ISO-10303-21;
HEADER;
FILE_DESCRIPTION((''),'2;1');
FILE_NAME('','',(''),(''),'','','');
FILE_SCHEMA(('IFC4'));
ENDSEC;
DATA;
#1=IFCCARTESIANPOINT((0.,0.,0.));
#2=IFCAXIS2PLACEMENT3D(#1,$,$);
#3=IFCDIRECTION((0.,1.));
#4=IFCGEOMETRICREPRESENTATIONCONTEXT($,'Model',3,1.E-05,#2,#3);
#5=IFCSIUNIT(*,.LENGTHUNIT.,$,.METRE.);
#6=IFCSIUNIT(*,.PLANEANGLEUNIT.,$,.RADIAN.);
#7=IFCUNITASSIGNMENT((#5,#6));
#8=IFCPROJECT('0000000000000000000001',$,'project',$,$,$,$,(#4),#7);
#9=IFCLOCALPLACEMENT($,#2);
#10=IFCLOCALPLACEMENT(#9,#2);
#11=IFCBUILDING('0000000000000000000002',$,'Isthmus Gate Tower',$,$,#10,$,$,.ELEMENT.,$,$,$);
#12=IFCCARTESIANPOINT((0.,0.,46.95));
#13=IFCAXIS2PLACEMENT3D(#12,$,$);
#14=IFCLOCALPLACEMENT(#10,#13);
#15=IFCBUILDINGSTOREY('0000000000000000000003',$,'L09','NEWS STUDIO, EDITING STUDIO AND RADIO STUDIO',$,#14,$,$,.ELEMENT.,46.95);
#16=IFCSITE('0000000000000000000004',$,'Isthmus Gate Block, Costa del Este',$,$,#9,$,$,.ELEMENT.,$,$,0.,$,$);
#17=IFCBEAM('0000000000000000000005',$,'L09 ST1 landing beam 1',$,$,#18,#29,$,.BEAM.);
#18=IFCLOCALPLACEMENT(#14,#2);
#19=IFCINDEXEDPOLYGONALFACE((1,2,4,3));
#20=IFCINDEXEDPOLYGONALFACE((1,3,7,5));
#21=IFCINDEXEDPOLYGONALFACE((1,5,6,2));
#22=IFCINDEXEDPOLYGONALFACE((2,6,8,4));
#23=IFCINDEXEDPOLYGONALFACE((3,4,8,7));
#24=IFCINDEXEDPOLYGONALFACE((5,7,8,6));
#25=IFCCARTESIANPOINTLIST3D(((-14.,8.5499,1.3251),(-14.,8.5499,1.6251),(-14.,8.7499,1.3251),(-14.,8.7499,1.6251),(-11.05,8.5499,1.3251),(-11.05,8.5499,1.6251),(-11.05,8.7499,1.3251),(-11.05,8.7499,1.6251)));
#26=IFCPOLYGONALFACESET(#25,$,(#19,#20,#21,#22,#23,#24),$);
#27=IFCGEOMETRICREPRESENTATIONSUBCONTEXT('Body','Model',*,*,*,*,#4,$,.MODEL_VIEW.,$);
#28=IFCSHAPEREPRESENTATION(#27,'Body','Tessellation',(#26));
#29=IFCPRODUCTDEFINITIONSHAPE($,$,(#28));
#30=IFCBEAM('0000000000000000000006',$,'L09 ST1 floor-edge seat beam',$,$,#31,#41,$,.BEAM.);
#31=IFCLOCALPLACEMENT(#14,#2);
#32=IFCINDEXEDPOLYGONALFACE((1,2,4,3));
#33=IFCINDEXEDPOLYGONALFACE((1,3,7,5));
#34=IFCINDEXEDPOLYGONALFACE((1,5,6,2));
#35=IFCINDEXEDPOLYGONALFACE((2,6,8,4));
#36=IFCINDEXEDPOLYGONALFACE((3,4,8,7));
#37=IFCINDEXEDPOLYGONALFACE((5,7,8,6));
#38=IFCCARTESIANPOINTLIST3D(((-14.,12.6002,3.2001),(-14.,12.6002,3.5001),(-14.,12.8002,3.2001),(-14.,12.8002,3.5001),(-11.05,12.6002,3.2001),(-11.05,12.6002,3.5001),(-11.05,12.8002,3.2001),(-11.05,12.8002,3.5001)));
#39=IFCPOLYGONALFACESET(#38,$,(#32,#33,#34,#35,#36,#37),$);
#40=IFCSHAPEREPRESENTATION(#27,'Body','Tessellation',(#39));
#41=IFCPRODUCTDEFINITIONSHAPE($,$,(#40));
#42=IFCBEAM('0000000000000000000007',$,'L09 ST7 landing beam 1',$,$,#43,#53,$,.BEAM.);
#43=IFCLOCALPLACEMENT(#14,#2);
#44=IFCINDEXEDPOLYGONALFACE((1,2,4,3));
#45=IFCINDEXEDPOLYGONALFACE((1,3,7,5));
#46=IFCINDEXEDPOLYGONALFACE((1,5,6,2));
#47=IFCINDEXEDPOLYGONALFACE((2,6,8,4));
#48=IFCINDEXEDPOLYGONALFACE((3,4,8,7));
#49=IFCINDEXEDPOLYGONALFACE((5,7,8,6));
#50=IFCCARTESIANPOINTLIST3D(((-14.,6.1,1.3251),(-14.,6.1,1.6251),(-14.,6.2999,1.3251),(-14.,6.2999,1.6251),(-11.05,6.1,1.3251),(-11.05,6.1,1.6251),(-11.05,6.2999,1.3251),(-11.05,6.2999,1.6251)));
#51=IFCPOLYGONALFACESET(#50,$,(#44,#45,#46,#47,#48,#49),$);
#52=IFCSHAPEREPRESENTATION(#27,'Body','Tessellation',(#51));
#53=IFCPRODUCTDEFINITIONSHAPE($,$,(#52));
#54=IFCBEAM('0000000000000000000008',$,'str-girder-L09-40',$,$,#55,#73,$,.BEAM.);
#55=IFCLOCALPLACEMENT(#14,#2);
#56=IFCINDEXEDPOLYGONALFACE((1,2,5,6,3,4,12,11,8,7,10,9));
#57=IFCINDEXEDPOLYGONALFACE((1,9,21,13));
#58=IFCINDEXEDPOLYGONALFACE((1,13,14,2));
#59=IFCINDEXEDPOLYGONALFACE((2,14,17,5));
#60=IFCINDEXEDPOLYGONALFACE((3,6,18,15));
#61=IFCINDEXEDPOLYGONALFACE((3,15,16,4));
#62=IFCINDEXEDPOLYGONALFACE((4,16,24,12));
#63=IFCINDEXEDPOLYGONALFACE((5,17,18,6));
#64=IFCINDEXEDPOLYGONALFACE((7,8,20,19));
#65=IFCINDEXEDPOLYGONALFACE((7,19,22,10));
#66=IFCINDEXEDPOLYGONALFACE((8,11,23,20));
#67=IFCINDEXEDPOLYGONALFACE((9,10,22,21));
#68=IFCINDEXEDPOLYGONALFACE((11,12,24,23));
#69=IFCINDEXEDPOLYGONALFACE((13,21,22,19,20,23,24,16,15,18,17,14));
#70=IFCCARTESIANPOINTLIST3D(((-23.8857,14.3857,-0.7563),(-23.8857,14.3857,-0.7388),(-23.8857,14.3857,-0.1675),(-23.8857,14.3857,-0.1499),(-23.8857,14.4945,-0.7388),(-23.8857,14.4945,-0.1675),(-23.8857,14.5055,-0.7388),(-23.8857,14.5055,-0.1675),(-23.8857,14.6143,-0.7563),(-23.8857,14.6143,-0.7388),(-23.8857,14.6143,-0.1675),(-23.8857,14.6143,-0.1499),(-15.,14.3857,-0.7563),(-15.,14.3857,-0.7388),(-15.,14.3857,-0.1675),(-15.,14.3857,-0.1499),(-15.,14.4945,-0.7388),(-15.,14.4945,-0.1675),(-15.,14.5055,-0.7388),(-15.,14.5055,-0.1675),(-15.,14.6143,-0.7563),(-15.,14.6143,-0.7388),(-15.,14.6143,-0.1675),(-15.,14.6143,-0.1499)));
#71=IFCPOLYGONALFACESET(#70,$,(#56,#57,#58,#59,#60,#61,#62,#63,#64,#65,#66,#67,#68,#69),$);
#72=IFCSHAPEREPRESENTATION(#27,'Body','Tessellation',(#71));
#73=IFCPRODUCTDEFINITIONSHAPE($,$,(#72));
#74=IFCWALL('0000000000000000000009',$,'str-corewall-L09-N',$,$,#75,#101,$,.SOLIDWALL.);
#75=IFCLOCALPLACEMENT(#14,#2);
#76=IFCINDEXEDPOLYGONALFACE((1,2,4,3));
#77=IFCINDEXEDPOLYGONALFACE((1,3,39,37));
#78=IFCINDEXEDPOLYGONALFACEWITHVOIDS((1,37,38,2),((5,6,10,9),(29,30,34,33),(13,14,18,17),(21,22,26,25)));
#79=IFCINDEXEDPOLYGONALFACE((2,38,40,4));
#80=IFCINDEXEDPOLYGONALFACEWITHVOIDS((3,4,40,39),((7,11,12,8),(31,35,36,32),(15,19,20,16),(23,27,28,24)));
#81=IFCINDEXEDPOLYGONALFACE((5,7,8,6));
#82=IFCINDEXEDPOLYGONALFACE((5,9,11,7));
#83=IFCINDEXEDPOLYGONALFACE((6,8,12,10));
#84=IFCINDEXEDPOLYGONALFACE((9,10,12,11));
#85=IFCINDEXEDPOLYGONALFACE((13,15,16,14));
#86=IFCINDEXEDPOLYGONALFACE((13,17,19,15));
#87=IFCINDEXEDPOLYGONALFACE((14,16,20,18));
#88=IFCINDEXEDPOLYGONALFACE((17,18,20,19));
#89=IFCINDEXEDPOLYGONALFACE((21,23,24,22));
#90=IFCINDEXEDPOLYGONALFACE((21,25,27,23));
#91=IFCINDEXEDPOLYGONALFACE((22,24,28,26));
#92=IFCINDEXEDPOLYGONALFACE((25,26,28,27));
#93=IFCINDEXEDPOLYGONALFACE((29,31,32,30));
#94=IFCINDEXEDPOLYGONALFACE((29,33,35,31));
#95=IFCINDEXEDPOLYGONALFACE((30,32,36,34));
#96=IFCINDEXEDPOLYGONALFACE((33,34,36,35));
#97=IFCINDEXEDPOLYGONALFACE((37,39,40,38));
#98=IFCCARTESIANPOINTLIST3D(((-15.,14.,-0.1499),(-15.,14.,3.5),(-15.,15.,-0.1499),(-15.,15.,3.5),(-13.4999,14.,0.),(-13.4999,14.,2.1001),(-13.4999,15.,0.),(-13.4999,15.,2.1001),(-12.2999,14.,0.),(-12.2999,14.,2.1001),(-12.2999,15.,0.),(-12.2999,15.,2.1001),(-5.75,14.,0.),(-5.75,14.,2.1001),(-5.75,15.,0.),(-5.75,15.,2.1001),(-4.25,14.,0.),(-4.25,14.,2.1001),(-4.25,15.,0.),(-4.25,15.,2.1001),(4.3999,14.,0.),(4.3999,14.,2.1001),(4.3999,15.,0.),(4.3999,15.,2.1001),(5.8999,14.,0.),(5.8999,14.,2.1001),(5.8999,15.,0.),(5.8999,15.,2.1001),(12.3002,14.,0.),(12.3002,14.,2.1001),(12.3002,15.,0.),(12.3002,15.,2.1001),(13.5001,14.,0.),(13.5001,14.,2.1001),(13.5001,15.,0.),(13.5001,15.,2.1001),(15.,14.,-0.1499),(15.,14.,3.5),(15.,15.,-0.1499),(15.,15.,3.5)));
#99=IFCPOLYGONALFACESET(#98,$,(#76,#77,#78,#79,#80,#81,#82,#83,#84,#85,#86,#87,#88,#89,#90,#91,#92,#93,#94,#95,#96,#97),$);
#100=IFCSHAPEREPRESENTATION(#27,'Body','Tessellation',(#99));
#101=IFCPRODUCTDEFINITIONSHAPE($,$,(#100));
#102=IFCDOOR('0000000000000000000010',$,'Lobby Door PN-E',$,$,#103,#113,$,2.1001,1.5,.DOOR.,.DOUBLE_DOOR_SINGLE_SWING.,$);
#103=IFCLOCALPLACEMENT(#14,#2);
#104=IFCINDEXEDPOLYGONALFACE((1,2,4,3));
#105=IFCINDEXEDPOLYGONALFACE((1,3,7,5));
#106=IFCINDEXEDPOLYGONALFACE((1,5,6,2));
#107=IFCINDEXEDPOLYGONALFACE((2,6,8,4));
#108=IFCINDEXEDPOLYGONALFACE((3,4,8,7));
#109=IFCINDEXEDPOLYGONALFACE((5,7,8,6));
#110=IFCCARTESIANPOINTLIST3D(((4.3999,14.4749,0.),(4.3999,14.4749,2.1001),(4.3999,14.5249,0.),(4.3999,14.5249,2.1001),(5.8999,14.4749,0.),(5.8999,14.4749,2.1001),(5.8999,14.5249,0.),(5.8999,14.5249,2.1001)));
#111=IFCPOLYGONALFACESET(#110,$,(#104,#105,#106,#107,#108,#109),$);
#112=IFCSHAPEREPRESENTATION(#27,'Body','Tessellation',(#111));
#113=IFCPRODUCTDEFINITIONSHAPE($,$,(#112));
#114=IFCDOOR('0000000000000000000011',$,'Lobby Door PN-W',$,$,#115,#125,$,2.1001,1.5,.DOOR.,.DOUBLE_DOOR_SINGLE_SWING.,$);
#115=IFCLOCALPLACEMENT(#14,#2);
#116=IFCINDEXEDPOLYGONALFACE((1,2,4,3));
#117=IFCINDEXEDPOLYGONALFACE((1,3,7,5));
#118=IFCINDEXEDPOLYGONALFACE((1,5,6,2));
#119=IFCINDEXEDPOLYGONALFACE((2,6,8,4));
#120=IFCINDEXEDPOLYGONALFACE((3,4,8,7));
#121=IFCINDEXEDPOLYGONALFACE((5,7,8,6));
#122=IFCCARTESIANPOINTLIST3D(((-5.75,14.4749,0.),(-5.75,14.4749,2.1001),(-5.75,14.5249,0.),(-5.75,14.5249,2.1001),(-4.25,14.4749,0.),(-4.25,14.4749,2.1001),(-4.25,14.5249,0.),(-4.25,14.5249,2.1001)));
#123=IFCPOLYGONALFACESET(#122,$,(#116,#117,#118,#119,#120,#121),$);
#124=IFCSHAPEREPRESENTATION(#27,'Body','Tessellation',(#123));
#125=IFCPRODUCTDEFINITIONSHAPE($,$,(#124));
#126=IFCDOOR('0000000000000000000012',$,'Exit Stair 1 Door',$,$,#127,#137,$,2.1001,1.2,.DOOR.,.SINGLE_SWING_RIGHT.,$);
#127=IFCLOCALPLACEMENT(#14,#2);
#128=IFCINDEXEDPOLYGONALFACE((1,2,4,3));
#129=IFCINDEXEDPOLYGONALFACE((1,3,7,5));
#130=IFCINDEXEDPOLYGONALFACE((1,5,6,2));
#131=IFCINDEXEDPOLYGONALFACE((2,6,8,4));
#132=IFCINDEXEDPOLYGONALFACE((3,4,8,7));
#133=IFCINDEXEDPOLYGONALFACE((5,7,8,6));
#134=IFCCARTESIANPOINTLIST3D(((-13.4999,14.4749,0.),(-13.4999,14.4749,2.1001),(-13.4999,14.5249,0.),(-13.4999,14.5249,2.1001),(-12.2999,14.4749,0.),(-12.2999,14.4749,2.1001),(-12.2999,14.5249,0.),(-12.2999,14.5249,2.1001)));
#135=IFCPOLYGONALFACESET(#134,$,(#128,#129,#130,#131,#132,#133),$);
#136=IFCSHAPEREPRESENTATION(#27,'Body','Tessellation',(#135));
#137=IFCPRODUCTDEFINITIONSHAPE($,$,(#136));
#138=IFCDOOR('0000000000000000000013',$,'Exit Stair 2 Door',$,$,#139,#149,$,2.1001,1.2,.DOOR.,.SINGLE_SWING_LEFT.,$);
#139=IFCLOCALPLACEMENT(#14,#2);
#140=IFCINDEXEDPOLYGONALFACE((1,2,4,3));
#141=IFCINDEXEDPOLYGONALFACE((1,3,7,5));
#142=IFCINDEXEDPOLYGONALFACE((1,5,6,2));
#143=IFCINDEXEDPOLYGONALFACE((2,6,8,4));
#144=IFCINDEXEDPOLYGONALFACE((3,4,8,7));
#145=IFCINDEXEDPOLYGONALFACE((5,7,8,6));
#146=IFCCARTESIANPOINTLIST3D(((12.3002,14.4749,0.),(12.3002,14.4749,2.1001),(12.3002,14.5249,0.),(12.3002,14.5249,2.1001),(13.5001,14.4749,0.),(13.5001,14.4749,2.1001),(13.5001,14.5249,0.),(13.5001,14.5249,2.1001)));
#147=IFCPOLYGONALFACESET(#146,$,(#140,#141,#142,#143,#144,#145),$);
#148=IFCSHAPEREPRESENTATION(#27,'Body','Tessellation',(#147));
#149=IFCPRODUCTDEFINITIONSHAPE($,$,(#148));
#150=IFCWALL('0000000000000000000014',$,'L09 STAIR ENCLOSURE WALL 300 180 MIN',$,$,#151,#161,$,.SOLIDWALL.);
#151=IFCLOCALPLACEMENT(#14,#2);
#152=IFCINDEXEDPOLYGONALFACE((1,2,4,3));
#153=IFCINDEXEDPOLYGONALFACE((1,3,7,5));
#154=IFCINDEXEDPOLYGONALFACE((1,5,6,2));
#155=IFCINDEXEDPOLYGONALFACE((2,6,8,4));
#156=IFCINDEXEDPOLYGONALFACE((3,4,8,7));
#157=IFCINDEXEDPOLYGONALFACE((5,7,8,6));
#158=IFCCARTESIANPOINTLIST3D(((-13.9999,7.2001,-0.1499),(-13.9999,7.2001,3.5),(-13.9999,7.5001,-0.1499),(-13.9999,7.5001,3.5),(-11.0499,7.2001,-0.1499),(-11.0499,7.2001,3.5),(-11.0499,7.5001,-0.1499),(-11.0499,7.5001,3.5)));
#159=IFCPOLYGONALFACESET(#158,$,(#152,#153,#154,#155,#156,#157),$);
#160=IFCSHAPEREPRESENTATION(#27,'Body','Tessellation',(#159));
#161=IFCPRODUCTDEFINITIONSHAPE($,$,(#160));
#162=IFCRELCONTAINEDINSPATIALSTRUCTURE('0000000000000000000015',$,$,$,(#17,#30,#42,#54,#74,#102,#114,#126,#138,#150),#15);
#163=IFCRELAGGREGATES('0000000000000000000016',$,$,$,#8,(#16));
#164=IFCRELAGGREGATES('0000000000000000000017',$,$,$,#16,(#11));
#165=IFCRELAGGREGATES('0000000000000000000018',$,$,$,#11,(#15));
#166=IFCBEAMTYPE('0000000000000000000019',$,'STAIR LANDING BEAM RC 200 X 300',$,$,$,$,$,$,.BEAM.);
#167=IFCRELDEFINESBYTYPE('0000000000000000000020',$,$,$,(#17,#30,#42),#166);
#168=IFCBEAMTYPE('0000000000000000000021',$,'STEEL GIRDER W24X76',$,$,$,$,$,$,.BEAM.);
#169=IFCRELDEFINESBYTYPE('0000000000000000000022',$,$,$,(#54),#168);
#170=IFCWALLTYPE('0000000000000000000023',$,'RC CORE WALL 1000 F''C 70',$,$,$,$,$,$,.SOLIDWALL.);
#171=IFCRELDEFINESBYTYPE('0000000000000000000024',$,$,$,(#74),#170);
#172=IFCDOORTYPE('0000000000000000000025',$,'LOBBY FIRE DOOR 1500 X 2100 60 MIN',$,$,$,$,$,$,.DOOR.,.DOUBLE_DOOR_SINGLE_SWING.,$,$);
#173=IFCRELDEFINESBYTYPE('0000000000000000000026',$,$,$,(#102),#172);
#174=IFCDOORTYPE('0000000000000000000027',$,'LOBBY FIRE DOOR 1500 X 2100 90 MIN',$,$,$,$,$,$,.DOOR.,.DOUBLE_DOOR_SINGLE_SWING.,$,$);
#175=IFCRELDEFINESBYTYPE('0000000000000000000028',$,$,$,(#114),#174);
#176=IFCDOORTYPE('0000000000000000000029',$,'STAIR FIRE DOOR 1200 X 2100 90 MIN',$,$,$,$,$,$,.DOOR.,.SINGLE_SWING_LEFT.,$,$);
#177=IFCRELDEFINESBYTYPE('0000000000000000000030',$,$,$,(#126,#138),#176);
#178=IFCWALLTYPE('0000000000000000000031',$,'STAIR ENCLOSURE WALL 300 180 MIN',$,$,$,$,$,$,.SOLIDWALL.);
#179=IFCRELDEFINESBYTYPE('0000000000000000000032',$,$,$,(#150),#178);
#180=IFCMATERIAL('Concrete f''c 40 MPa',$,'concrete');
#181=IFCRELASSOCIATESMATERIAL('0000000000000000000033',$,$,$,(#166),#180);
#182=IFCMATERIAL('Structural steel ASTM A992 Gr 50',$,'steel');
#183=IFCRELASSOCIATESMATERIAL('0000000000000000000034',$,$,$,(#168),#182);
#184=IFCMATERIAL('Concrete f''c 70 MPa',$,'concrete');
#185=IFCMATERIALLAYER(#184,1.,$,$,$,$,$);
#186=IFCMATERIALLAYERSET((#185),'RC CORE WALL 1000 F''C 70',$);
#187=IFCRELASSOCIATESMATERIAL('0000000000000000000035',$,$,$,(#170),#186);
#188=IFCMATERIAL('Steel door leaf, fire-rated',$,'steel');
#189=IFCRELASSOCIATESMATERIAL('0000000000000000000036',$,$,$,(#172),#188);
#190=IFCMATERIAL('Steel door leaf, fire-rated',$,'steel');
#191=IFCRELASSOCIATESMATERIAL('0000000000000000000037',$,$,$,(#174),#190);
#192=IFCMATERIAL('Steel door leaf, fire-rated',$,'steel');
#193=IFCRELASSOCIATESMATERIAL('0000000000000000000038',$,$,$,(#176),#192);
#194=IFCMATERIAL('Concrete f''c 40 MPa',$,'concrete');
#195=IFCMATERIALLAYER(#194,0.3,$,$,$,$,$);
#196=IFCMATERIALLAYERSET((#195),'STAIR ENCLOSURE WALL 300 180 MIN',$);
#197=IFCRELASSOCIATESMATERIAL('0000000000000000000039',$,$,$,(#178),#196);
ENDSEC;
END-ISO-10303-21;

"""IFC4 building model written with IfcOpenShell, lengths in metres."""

from ifc_helpers import new_model, si_unit, direction, frame, frame_2d, origin, origin_2d, place, context, subcontext, project, spatial, rectangle, i_section, extrude, material, layer, layer_set, material_profile, profile_set, type_object, element, fill, save


model = new_model("IFC4")

# Units and contexts
model_context = context("Model", 3, precision=1e-05, world=origin(), true_north=direction((0.0, 1.0)))
body_context = subcontext(model_context, "Body", "Model", "MODEL_VIEW")
ifc_project = project(units=[si_unit("LENGTHUNIT", "METRE"), si_unit("PLANEANGLEUNIT", "RADIAN")], contexts=[model_context])

# Site, building, storey
site_placement = place(None, origin())
site = spatial("IfcSite", under=ifc_project, at=site_placement, Name="Isthmus Gate Block, Costa del Este", CompositionType="ELEMENT", RefElevation=0.0)
building_placement = place(site_placement, origin())
building = spatial("IfcBuilding", under=site, at=building_placement, Name="Isthmus Gate Tower", CompositionType="ELEMENT")
storey_placement = place(building_placement, frame((0.0, 0.0, 46.95)))
storey = spatial("IfcBuildingStorey", under=building, at=storey_placement, Name="L09", Description="NEWS STUDIO, EDITING STUDIO AND RADIO STUDIO", CompositionType="ELEMENT", Elevation=46.95)

# Beams
ifc_material_1 = material(Name="Concrete f'c 40 MPa", Category="concrete")
ifc_material_profile_1 = material_profile(ifc_material_1, rectangle(XDim=0.2, YDim=0.3, at=origin_2d()), Name="STAIR LANDING BEAM RC 200 X 300")
ifc_profile_set_1 = profile_set([ifc_material_profile_1], Name="Concrete f'c 40 MPa")
beam_type_1 = type_object("IfcBeamType", Name="STAIR LANDING BEAM RC 200 X 300", PredefinedType="BEAM", material=ifc_profile_set_1)
for number, where, z_axis, x_axis, name in (
    (1, (-14.0, 8.6499, 1.4751), (1.0, 0.0, 0.0), (0.0, 1.0, 0.0), "L09 ST1 landing beam 1"),
    (2, (-14.0, 12.7002, 3.3501), (1.0, 0.0, 0.0), (0.0, 1.0, 0.0), "L09 ST1 floor-edge seat beam"),
    (3, (-14.0, 6.2, 1.4751), (1.0, 0.0, 0.0), (0.0, 1.0, 0.0), "L09 ST7 landing beam 1"),
):
    element("IfcBeam", number, at=place(storey_placement, frame(where, z_axis=z_axis, x_axis=x_axis)), inside=storey, type_object=beam_type_1, Name=name, PredefinedType="BEAM", context=body_context, shape_type="SweptSolid", body=[
        extrude(rectangle(XDim=0.2, YDim=0.3, at=origin_2d()), origin(), (0.0, 0.0, 1.0), 2.95),
    ])
ifc_material_2 = material(Name="Structural steel ASTM A992 Gr 50", Category="steel")
ifc_material_profile_2 = material_profile(ifc_material_2, i_section(OverallWidth=0.2285, OverallDepth=0.6064, WebThickness=0.011, FlangeThickness=0.0176, at=origin_2d()), Name="W24X76")
ifc_profile_set_2 = profile_set([ifc_material_profile_2], Name="Structural steel ASTM A992 Gr 50")
beam_type_2 = type_object("IfcBeamType", Name="STEEL GIRDER W24X76", PredefinedType="BEAM", material=ifc_profile_set_2)
beam_placement = place(storey_placement, frame((-15.0, 14.5, -0.4531), z_axis=(-1.0, 0.0, 0.0), x_axis=(0.0, -1.0, 0.0)))
element("IfcBeam", 4, at=beam_placement, inside=storey, type_object=beam_type_2, Name="str-girder-L09-40", PredefinedType="BEAM", context=body_context, shape_type="SweptSolid", body=[
    extrude(i_section(OverallWidth=0.2285, OverallDepth=0.6064, WebThickness=0.011, FlangeThickness=0.0176, at=origin_2d()), origin(), (0.0, 0.0, 1.0), 8.8857),
])

# Wall, openings, doors
ifc_material_3 = material(Name="Concrete f'c 70 MPa", Category="concrete")
ifc_layer_1 = layer(ifc_material_3, 1.0)
ifc_layer_set_1 = layer_set([ifc_layer_1], Name="RC CORE WALL 1000 F'C 70")
wall_type_1 = type_object("IfcWallType", Name="RC CORE WALL 1000 F'C 70", PredefinedType="SOLIDWALL", material=ifc_layer_set_1)
wall_1_placement = place(storey_placement, frame((-15.0, 14.5, -0.1499), z_axis=(0.0, 0.0, 1.0), x_axis=(1.0, 0.0, 0.0)))
wall_1 = element("IfcWall", 5, at=wall_1_placement, inside=storey, type_object=wall_type_1, Name="str-corewall-L09-N", PredefinedType="SOLIDWALL", context=body_context, shape_type="SweptSolid", body=[
    extrude(rectangle(XDim=30.0, YDim=1.0, at=frame_2d((15.0, 0.0))), origin(), (0.0, 0.0, 1.0), 3.6499),
])
opening_1_placement = place(wall_1_placement, frame((9.25, 0.0, 0.1499)))
opening_1 = element("IfcOpeningElement", 6, at=opening_1_placement, cuts=wall_1, PredefinedType="OPENING", context=body_context, shape_type="SweptSolid", body=[
    extrude(rectangle(XDim=1.5, YDim=2.1001, at=frame_2d((0.75, 1.05))), frame((0.0, 0.51, 0.0), z_axis=(0.0, -1.0, 0.0), x_axis=(1.0, 0.0, 0.0)), (0.0, 0.0, 1.0), 1.02),
])
opening_2_placement = place(wall_1_placement, frame((19.3999, 0.0, 0.1499)))
opening_2 = element("IfcOpeningElement", 7, at=opening_2_placement, cuts=wall_1, PredefinedType="OPENING", context=body_context, shape_type="SweptSolid", body=[
    extrude(rectangle(XDim=1.5, YDim=2.1001, at=frame_2d((0.75, 1.05))), frame((0.0, 0.51, 0.0), z_axis=(0.0, -1.0, 0.0), x_axis=(1.0, 0.0, 0.0)), (0.0, 0.0, 1.0), 1.02),
])
opening_3_placement = place(wall_1_placement, frame((1.5, 0.0, 0.1499)))
opening_3 = element("IfcOpeningElement", 8, at=opening_3_placement, cuts=wall_1, PredefinedType="OPENING", context=body_context, shape_type="SweptSolid", body=[
    extrude(rectangle(XDim=1.2, YDim=2.1001, at=frame_2d((0.6001, 1.05))), frame((0.0, 0.51, 0.0), z_axis=(0.0, -1.0, 0.0), x_axis=(1.0, 0.0, 0.0)), (0.0, 0.0, 1.0), 1.02),
])
opening_4_placement = place(wall_1_placement, frame((27.3, 0.0, 0.1499)))
opening_4 = element("IfcOpeningElement", 9, at=opening_4_placement, cuts=wall_1, PredefinedType="OPENING", context=body_context, shape_type="SweptSolid", body=[
    extrude(rectangle(XDim=1.2, YDim=2.1001, at=frame_2d((0.6001, 1.05))), frame((0.0, 0.51, 0.0), z_axis=(0.0, -1.0, 0.0), x_axis=(1.0, 0.0, 0.0)), (0.0, 0.0, 1.0), 1.02),
])
ifc_material_4 = material(Name="Steel door leaf, fire-rated", Category="steel")
door_type_1 = type_object("IfcDoorType", Name="LOBBY FIRE DOOR 1500 X 2100 60 MIN", OperationType="DOUBLE_DOOR_SINGLE_SWING", PredefinedType="DOOR", material=ifc_material_4)
door_1_placement = place(opening_2_placement, origin())
door_1 = element("IfcDoor", 10, at=door_1_placement, inside=storey, type_object=door_type_1, Name="Lobby Door PN-E", OperationType="DOUBLE_DOOR_SINGLE_SWING", OverallHeight=2.1001, OverallWidth=1.5, PredefinedType="DOOR", context=body_context, shape_type="SweptSolid", body=[
    extrude(rectangle(XDim=1.5, YDim=2.1001, at=frame_2d((0.75, 1.05))), frame((0.0, 0.0249, 0.0), z_axis=(0.0, -1.0, 0.0), x_axis=(1.0, 0.0, 0.0)), (0.0, 0.0, 1.0), 0.05),
])
fill(opening_2, door_1)
ifc_material_5 = material(Name="Steel door leaf, fire-rated", Category="steel")
door_type_2 = type_object("IfcDoorType", Name="LOBBY FIRE DOOR 1500 X 2100 90 MIN", OperationType="DOUBLE_DOOR_SINGLE_SWING", PredefinedType="DOOR", material=ifc_material_5)
door_2_placement = place(opening_1_placement, origin())
door_2 = element("IfcDoor", 11, at=door_2_placement, inside=storey, type_object=door_type_2, Name="Lobby Door PN-W", OperationType="DOUBLE_DOOR_SINGLE_SWING", OverallHeight=2.1001, OverallWidth=1.5, PredefinedType="DOOR", context=body_context, shape_type="SweptSolid", body=[
    extrude(rectangle(XDim=1.5, YDim=2.1001, at=frame_2d((0.75, 1.05))), frame((0.0, 0.0249, 0.0), z_axis=(0.0, -1.0, 0.0), x_axis=(1.0, 0.0, 0.0)), (0.0, 0.0, 1.0), 0.05),
])
fill(opening_1, door_2)
ifc_material_6 = material(Name="Steel door leaf, fire-rated", Category="steel")
door_type_3 = type_object("IfcDoorType", Name="STAIR FIRE DOOR 1200 X 2100 90 MIN", OperationType="SINGLE_SWING_LEFT", PredefinedType="DOOR", material=ifc_material_6)
door_3_placement = place(opening_3_placement, origin())
door_3 = element("IfcDoor", 12, at=door_3_placement, inside=storey, type_object=door_type_3, Name="Exit Stair 1 Door", OperationType="SINGLE_SWING_RIGHT", OverallHeight=2.1001, OverallWidth=1.2, PredefinedType="DOOR", context=body_context, shape_type="SweptSolid", body=[
    extrude(rectangle(XDim=1.2, YDim=2.1001, at=frame_2d((0.6001, 1.05))), frame((0.0, 0.0249, 0.0), z_axis=(0.0, -1.0, 0.0), x_axis=(1.0, 0.0, 0.0)), (0.0, 0.0, 1.0), 0.05),
])
fill(opening_3, door_3)
door_4_placement = place(opening_4_placement, origin())
door_4 = element("IfcDoor", 13, at=door_4_placement, inside=storey, type_object=door_type_3, Name="Exit Stair 2 Door", OperationType="SINGLE_SWING_LEFT", OverallHeight=2.1001, OverallWidth=1.2, PredefinedType="DOOR", context=body_context, shape_type="SweptSolid", body=[
    extrude(rectangle(XDim=1.2, YDim=2.1001, at=frame_2d((0.6001, 1.05))), frame((0.0, 0.0249, 0.0), z_axis=(0.0, -1.0, 0.0), x_axis=(1.0, 0.0, 0.0)), (0.0, 0.0, 1.0), 0.05),
])
fill(opening_4, door_4)

# Wall
ifc_material_7 = material(Name="Concrete f'c 40 MPa", Category="concrete")
ifc_layer_2 = layer(ifc_material_7, 0.3)
ifc_layer_set_2 = layer_set([ifc_layer_2], Name="STAIR ENCLOSURE WALL 300 180 MIN")
wall_type_2 = type_object("IfcWallType", Name="STAIR ENCLOSURE WALL 300 180 MIN", PredefinedType="SOLIDWALL", material=ifc_layer_set_2)
wall_2_placement = place(storey_placement, frame((-14.0, 7.3501, -0.1499), z_axis=(0.0, 0.0, 1.0), x_axis=(1.0, 0.0, 0.0)))
element("IfcWall", 14, at=wall_2_placement, inside=storey, type_object=wall_type_2, Name="L09 STAIR ENCLOSURE WALL 300 180 MIN", PredefinedType="SOLIDWALL", context=body_context, shape_type="SweptSolid", body=[
    extrude(rectangle(XDim=2.95, YDim=0.3, at=frame_2d((1.4751, 0.0))), origin(), (0.0, 0.0, 1.0), 3.6499),
])

save(model, "model.ifc")
